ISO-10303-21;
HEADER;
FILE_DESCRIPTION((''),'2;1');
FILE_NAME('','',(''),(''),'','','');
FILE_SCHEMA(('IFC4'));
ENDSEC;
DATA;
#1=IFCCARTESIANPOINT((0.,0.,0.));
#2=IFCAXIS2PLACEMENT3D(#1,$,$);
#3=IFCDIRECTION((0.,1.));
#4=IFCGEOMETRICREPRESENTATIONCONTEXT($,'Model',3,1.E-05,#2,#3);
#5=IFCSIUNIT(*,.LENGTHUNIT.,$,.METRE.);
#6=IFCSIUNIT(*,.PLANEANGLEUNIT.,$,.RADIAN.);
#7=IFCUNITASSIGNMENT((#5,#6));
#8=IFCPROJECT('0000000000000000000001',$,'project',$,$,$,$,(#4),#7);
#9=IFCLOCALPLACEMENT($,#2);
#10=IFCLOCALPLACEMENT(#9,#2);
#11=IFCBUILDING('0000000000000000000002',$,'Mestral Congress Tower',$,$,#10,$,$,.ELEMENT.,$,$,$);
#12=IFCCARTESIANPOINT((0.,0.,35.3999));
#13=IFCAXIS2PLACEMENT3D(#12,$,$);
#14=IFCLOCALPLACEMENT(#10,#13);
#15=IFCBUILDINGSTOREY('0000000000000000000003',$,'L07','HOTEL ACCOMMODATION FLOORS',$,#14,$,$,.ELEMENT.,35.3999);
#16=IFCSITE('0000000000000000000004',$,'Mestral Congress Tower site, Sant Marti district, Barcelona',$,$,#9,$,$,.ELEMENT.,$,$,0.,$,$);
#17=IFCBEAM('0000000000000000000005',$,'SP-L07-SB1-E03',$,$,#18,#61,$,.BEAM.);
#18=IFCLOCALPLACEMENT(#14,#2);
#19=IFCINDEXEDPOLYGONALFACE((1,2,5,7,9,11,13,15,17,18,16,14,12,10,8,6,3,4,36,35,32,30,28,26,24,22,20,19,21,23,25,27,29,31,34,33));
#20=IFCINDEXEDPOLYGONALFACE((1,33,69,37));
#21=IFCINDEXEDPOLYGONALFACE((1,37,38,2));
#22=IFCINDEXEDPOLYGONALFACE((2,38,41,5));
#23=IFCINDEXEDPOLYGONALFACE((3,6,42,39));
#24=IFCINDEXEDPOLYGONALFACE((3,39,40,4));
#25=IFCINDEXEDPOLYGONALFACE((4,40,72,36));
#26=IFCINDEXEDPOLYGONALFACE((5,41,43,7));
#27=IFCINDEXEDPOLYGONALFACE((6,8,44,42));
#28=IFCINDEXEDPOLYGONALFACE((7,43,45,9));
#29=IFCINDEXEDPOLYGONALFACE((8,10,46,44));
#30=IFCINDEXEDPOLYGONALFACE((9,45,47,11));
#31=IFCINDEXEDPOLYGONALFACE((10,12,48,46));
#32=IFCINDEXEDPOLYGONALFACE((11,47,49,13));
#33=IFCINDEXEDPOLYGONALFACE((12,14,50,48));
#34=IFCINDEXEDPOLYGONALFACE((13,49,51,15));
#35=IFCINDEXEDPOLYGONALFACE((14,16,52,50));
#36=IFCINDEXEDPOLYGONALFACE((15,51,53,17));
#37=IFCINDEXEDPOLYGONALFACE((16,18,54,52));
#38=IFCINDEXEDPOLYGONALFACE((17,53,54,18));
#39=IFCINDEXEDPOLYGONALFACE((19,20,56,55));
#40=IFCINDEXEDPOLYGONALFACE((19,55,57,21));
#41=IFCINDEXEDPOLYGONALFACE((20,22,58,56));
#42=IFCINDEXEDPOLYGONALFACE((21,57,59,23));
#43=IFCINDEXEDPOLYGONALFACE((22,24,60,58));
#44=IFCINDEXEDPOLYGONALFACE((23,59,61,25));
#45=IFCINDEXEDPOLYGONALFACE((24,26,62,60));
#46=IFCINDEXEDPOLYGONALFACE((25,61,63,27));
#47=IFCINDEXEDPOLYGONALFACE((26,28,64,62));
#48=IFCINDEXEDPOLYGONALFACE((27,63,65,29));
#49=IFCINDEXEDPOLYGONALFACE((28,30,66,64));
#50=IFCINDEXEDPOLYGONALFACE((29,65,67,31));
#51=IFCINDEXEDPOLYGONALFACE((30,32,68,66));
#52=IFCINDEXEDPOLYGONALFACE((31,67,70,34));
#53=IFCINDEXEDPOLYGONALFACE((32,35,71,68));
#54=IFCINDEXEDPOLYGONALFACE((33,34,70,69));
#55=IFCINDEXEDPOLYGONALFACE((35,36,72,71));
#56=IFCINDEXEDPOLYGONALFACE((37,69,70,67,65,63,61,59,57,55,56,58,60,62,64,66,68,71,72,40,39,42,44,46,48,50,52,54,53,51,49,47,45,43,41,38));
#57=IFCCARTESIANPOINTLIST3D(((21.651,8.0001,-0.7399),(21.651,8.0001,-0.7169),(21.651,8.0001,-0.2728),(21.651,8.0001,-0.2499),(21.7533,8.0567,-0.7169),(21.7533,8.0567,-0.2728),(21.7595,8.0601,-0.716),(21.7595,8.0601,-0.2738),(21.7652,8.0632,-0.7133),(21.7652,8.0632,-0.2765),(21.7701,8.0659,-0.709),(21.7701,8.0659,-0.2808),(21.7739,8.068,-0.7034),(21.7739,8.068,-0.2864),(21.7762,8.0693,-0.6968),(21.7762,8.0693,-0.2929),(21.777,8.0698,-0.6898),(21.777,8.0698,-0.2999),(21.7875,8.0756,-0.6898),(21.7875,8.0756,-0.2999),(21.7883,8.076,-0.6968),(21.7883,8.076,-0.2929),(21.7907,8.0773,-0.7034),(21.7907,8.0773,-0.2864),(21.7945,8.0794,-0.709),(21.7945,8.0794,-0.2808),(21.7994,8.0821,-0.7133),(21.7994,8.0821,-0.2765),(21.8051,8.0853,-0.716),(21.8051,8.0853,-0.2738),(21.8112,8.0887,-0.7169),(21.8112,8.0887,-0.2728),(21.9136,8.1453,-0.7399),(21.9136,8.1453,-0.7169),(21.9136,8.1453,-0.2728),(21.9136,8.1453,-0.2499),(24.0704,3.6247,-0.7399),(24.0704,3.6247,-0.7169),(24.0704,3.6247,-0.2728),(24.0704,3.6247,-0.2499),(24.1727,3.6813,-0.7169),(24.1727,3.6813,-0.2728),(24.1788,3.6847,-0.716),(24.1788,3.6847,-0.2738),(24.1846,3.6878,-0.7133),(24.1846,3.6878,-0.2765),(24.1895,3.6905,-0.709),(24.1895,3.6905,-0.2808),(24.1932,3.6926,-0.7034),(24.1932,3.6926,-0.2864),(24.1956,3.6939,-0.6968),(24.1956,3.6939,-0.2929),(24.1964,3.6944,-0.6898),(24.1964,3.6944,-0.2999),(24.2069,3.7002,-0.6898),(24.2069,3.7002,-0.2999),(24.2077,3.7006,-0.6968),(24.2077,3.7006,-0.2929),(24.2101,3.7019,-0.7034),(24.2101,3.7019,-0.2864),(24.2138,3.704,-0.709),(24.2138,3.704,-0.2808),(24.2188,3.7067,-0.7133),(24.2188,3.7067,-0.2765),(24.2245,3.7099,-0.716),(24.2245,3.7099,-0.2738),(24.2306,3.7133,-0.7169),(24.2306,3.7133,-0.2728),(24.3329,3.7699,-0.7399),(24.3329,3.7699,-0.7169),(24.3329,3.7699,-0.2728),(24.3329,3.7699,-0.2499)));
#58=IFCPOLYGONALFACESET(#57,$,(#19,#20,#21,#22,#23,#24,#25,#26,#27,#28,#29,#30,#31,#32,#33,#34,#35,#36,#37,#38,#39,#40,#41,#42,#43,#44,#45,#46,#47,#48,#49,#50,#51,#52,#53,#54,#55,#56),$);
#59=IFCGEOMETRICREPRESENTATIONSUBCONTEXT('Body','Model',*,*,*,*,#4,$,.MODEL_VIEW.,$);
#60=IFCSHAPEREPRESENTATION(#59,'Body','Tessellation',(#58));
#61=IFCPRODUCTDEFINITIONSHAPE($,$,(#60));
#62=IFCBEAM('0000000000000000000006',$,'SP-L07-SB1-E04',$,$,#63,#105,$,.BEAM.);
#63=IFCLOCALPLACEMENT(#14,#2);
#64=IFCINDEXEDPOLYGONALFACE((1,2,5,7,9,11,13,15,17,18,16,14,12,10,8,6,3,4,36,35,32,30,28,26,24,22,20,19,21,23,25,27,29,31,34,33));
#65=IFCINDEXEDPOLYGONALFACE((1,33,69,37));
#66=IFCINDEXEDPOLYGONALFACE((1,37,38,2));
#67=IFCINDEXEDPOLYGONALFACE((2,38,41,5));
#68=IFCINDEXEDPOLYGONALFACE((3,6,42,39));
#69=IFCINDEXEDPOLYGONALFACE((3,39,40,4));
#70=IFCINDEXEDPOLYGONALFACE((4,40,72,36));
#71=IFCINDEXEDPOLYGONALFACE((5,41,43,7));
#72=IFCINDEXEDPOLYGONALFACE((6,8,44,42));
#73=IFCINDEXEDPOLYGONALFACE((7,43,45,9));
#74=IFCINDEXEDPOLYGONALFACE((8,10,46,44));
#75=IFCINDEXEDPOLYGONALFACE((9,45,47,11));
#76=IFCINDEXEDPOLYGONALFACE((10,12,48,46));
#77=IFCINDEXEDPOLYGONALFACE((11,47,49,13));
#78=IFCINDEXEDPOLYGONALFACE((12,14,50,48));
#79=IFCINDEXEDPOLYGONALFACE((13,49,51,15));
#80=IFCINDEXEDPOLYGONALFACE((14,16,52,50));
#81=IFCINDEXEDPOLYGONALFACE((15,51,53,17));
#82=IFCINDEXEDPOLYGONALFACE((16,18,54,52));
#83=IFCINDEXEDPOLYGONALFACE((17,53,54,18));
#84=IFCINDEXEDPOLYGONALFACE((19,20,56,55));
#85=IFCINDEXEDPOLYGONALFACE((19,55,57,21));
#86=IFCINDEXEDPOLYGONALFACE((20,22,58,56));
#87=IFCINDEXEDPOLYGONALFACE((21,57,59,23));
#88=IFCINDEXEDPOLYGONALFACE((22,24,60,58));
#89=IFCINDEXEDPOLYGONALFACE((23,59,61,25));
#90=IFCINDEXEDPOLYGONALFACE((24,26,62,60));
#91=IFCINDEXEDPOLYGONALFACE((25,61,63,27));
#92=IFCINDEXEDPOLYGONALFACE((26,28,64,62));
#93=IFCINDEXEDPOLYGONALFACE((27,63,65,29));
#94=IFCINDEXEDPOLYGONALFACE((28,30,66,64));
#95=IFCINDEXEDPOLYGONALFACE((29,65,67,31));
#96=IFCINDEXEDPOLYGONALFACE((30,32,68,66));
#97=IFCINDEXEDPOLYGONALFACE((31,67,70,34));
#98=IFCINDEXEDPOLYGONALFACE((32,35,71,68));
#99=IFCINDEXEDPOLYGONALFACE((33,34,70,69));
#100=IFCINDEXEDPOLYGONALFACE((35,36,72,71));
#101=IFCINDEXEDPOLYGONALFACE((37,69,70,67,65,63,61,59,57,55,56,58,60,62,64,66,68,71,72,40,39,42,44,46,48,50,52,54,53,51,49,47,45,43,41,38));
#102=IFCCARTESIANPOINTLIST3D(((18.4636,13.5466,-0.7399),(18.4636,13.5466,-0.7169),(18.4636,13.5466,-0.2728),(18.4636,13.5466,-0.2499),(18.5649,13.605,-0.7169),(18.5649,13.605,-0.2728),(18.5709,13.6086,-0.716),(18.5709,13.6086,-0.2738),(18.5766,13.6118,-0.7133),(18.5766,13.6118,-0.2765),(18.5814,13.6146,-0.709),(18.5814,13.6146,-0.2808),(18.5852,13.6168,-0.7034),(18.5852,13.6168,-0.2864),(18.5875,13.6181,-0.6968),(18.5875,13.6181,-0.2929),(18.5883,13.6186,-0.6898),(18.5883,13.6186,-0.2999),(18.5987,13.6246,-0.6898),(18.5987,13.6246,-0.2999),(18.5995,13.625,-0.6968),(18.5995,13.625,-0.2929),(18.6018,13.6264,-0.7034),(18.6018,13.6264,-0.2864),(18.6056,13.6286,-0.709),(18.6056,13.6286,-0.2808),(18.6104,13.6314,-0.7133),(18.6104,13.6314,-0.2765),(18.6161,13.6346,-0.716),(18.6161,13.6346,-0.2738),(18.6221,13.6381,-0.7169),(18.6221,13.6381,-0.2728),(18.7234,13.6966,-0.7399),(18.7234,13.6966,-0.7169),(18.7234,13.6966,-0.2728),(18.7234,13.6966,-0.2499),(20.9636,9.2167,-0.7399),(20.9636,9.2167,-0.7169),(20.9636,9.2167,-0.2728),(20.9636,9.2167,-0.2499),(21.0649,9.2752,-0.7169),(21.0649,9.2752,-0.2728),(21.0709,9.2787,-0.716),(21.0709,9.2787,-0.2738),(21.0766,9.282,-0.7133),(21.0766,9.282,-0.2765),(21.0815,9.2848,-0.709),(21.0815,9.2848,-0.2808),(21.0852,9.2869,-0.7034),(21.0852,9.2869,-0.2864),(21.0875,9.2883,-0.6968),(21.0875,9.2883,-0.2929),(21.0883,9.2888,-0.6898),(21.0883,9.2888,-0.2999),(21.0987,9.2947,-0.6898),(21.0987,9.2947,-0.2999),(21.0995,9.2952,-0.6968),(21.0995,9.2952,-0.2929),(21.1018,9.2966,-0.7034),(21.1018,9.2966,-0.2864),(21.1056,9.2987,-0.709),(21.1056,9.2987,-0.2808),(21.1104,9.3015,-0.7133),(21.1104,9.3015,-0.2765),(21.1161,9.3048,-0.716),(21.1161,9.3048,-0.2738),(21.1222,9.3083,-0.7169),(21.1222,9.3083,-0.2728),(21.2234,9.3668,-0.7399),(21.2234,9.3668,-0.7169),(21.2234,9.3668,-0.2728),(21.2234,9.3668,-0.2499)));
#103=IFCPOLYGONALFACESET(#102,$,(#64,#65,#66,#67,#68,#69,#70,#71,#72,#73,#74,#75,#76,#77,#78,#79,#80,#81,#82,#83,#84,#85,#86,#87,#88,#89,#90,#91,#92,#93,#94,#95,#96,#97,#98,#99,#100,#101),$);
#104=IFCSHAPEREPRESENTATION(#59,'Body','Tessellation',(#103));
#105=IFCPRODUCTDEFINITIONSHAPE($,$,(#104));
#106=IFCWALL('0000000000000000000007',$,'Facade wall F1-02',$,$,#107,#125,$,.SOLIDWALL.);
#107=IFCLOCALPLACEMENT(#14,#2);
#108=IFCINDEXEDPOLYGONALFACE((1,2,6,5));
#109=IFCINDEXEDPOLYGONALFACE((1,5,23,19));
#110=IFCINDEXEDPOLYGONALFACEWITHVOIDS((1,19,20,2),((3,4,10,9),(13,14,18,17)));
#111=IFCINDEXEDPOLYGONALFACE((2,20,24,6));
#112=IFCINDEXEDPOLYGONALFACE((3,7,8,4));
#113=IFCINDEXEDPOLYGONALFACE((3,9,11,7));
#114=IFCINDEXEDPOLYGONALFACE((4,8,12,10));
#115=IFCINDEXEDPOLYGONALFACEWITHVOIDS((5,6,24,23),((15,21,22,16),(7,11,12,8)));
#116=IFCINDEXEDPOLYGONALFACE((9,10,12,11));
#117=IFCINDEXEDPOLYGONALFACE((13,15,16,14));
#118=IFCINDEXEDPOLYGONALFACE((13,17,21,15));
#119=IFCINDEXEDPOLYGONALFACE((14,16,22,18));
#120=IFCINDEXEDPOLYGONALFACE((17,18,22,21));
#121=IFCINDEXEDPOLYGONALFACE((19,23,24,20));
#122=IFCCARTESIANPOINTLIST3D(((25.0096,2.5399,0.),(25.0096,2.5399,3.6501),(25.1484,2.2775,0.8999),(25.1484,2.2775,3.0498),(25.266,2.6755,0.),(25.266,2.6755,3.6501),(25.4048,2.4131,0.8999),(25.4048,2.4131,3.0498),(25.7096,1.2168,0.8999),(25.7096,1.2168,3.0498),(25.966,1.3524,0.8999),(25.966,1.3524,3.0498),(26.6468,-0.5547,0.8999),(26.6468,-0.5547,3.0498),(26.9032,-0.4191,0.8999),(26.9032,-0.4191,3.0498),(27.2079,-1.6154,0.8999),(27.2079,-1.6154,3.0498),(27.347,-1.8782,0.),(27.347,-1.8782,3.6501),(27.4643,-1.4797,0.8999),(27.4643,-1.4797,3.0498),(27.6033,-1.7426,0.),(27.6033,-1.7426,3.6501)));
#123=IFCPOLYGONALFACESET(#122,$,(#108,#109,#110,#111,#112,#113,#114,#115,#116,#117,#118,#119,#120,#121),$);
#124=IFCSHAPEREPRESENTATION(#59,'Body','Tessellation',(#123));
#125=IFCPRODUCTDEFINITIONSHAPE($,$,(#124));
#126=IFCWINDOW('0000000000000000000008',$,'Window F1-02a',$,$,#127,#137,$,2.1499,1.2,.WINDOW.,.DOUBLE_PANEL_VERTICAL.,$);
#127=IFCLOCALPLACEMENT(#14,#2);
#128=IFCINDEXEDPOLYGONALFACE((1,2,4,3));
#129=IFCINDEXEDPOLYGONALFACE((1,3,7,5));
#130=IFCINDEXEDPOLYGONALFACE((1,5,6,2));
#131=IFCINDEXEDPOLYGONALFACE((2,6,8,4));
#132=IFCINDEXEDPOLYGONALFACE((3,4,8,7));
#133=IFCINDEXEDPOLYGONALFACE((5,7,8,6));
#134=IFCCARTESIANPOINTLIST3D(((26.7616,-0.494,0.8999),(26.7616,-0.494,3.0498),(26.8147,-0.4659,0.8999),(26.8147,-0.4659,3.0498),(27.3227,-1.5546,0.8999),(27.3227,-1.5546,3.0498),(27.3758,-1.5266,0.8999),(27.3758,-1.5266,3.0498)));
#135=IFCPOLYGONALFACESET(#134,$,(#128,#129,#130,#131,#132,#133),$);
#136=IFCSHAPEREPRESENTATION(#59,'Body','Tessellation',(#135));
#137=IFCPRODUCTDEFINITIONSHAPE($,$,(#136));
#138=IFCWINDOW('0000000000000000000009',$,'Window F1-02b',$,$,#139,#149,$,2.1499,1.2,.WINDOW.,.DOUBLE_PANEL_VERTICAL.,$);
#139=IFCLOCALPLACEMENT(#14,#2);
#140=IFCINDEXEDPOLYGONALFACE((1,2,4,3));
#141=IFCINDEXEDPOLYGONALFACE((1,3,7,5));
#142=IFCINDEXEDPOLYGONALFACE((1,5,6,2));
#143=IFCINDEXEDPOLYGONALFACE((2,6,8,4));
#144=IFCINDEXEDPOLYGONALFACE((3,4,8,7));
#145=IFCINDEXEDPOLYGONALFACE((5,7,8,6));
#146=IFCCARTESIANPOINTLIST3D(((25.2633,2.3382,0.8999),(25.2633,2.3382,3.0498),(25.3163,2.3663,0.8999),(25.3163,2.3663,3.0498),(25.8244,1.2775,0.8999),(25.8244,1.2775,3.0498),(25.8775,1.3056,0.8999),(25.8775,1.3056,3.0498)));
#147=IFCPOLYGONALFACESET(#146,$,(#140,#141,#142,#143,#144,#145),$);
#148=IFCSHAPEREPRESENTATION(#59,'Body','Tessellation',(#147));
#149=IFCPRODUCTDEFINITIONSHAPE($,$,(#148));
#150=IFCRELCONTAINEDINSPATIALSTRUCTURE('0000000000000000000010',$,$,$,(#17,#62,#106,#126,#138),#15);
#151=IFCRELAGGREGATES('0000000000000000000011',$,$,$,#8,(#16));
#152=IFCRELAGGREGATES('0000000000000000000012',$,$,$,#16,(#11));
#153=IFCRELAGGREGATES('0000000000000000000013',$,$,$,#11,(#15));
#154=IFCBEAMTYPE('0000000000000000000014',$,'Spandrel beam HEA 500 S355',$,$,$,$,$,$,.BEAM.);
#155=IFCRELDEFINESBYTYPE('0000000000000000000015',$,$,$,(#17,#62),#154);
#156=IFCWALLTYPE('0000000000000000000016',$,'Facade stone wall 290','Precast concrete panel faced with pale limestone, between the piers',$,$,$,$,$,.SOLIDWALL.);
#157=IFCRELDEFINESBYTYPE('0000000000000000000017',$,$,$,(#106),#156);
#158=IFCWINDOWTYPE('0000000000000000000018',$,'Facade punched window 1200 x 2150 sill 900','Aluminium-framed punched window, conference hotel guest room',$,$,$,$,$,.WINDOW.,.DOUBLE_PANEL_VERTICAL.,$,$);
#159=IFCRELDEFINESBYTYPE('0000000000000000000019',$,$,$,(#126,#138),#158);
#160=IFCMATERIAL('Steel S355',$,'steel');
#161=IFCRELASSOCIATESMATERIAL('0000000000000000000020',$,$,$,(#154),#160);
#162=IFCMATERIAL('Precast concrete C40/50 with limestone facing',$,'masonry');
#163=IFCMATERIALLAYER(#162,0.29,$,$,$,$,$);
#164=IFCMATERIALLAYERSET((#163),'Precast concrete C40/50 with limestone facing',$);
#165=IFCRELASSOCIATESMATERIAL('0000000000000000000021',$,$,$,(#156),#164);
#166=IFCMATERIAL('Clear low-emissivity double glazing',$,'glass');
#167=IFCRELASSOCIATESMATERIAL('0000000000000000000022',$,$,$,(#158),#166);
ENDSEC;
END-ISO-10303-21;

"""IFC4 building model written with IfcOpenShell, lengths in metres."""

from ifc_helpers import new_model, si_unit, direction, frame, frame_2d, origin, origin_2d, place, context, subcontext, project, spatial, rectangle, i_section, extrude, material, layer, layer_set, material_profile, profile_set, type_object, element, fill, save


model = new_model("IFC4")

# Units and contexts
model_context = context("Model", 3, precision=1e-05, world=origin(), true_north=direction((0.0, 1.0)))
body_context = subcontext(model_context, "Body", "Model", "MODEL_VIEW")
ifc_project = project(units=[si_unit("LENGTHUNIT", "METRE"), si_unit("PLANEANGLEUNIT", "RADIAN")], contexts=[model_context])

# Site, building, storey
site_placement = place(None, origin())
site = spatial("IfcSite", under=ifc_project, at=site_placement, Name="Mestral Congress Tower site, Sant Marti district, Barcelona", CompositionType="ELEMENT", RefElevation=0.0)
building_placement = place(site_placement, origin())
building = spatial("IfcBuilding", under=site, at=building_placement, Name="Mestral Congress Tower", CompositionType="ELEMENT")
storey_placement = place(building_placement, frame((0.0, 0.0, 35.3999)))
storey = spatial("IfcBuildingStorey", under=building, at=storey_placement, Name="L07", Description="HOTEL ACCOMMODATION FLOORS", CompositionType="ELEMENT", Elevation=35.3999)

# Beams
ifc_material_1 = material(Name="Steel S355", Category="steel")
ifc_material_profile_1 = material_profile(ifc_material_1, i_section(OverallWidth=0.3, OverallDepth=0.49, WebThickness=0.012, FlangeThickness=0.0229, FilletRadius=0.0271, at=origin_2d()), Name="HEA 500")
ifc_profile_set_1 = profile_set([ifc_material_profile_1], Name="Steel S355")
beam_type_1 = type_object("IfcBeamType", Name="Spandrel beam HEA 500 S355", PredefinedType="BEAM", material=ifc_profile_set_1)
for number, where, z_axis, x_axis, name in (
    (1, (24.2017, 3.6973, -0.4949), (-0.483901, 0.875123, 0.0), (-0.875123, -0.483901, 0.0), "SP-L07-SB1-E03"),
    (2, (21.0935, 9.2917, -0.4949), (-0.500025, 0.866011, 0.0), (-0.866011, -0.500025, 0.0), "SP-L07-SB1-E04"),
):
    element("IfcBeam", number, at=place(storey_placement, frame(where, z_axis=z_axis, x_axis=x_axis)), inside=storey, type_object=beam_type_1, Name=name, PredefinedType="BEAM", context=body_context, shape_type="SweptSolid", body=[
        extrude(i_section(OverallWidth=0.3, OverallDepth=0.49, WebThickness=0.012, FlangeThickness=0.0229, FilletRadius=0.0271, at=origin_2d()), origin(), (0.0, 0.0, 1.0), 4.9998),
    ])

# Wall, openings, windows
ifc_material_2 = material(Name="Precast concrete C40/50 with limestone facing", Category="masonry")
ifc_layer_1 = layer(ifc_material_2, 0.29)
ifc_layer_set_1 = layer_set([ifc_layer_1], Name="Precast concrete C40/50 with limestone facing")
wall_type_1 = type_object("IfcWallType", Name="Facade stone wall 290", Description="Precast concrete panel faced with pale limestone, between the piers", PredefinedType="SOLIDWALL", material=ifc_layer_set_1)
wall_1_placement = place(storey_placement, frame((27.4751, -1.8103, 0.0), z_axis=(0.0, 0.0, 1.0), x_axis=(-0.46763, 0.883925, 0.0)))
wall_1 = element("IfcWall", 3, at=wall_1_placement, inside=storey, type_object=wall_type_1, Name="Facade wall F1-02", PredefinedType="SOLIDWALL", context=body_context, shape_type="SweptSolid", body=[
    extrude(rectangle(XDim=4.9983, YDim=0.29, at=frame_2d((2.499, 0.0))), origin(), (0.0, 0.0, 1.0), 3.6501),
])
opening_1_placement = place(wall_1_placement, frame((0.2971, 0.0, 0.8999)))
opening_1 = element("IfcOpeningElement", 4, at=opening_1_placement, cuts=wall_1, PredefinedType="OPENING", context=body_context, shape_type="SweptSolid", body=[
    extrude(rectangle(XDim=1.2, YDim=2.1499, at=frame_2d((0.6001, 1.075))), frame((0.0, 0.155, 0.0), z_axis=(0.0, -1.0, 0.0), x_axis=(1.0, 0.0, 0.0)), (0.0, 0.0, 1.0), 0.3101),
])
opening_2_placement = place(wall_1_placement, frame((3.5012, 0.0, 0.8999)))
opening_2 = element("IfcOpeningElement", 5, at=opening_2_placement, cuts=wall_1, PredefinedType="OPENING", context=body_context, shape_type="SweptSolid", body=[
    extrude(rectangle(XDim=1.2, YDim=2.1499, at=frame_2d((0.6001, 1.075))), frame((0.0, 0.155, 0.0), z_axis=(0.0, -1.0, 0.0), x_axis=(1.0, 0.0, 0.0)), (0.0, 0.0, 1.0), 0.3101),
])
ifc_material_3 = material(Name="Clear low-emissivity double glazing", Category="glass")
window_type = type_object("IfcWindowType", Name="Facade punched window 1200 x 2150 sill 900", Description="Aluminium-framed punched window, conference hotel guest room", PartitioningType="DOUBLE_PANEL_VERTICAL", PredefinedType="WINDOW", material=ifc_material_3)
window_1_placement = place(opening_1_placement, origin())
window_1 = element("IfcWindow", 6, at=window_1_placement, inside=storey, type_object=window_type, Name="Window F1-02a", OverallHeight=2.1499, OverallWidth=1.2, PartitioningType="DOUBLE_PANEL_VERTICAL", PredefinedType="WINDOW", context=body_context, shape_type="SweptSolid", body=[
    extrude(rectangle(XDim=1.2, YDim=2.1499, at=frame_2d((0.6001, 1.075))), frame((0.0, 0.0151, 0.0), z_axis=(0.0, -1.0, 0.0), x_axis=(1.0, 0.0, 0.0)), (0.0, 0.0, 1.0), 0.0601),
])
fill(opening_1, window_1)
window_2_placement = place(opening_2_placement, origin())
window_2 = element("IfcWindow", 7, at=window_2_placement, inside=storey, type_object=window_type, Name="Window F1-02b", OverallHeight=2.1499, OverallWidth=1.2, PartitioningType="DOUBLE_PANEL_VERTICAL", PredefinedType="WINDOW", context=body_context, shape_type="SweptSolid", body=[
    extrude(rectangle(XDim=1.2, YDim=2.1499, at=frame_2d((0.6001, 1.075))), frame((0.0, 0.0151, 0.0), z_axis=(0.0, -1.0, 0.0), x_axis=(1.0, 0.0, 0.0)), (0.0, 0.0, 1.0), 0.0601),
])
fill(opening_2, window_2)

save(model, "model.ifc")
